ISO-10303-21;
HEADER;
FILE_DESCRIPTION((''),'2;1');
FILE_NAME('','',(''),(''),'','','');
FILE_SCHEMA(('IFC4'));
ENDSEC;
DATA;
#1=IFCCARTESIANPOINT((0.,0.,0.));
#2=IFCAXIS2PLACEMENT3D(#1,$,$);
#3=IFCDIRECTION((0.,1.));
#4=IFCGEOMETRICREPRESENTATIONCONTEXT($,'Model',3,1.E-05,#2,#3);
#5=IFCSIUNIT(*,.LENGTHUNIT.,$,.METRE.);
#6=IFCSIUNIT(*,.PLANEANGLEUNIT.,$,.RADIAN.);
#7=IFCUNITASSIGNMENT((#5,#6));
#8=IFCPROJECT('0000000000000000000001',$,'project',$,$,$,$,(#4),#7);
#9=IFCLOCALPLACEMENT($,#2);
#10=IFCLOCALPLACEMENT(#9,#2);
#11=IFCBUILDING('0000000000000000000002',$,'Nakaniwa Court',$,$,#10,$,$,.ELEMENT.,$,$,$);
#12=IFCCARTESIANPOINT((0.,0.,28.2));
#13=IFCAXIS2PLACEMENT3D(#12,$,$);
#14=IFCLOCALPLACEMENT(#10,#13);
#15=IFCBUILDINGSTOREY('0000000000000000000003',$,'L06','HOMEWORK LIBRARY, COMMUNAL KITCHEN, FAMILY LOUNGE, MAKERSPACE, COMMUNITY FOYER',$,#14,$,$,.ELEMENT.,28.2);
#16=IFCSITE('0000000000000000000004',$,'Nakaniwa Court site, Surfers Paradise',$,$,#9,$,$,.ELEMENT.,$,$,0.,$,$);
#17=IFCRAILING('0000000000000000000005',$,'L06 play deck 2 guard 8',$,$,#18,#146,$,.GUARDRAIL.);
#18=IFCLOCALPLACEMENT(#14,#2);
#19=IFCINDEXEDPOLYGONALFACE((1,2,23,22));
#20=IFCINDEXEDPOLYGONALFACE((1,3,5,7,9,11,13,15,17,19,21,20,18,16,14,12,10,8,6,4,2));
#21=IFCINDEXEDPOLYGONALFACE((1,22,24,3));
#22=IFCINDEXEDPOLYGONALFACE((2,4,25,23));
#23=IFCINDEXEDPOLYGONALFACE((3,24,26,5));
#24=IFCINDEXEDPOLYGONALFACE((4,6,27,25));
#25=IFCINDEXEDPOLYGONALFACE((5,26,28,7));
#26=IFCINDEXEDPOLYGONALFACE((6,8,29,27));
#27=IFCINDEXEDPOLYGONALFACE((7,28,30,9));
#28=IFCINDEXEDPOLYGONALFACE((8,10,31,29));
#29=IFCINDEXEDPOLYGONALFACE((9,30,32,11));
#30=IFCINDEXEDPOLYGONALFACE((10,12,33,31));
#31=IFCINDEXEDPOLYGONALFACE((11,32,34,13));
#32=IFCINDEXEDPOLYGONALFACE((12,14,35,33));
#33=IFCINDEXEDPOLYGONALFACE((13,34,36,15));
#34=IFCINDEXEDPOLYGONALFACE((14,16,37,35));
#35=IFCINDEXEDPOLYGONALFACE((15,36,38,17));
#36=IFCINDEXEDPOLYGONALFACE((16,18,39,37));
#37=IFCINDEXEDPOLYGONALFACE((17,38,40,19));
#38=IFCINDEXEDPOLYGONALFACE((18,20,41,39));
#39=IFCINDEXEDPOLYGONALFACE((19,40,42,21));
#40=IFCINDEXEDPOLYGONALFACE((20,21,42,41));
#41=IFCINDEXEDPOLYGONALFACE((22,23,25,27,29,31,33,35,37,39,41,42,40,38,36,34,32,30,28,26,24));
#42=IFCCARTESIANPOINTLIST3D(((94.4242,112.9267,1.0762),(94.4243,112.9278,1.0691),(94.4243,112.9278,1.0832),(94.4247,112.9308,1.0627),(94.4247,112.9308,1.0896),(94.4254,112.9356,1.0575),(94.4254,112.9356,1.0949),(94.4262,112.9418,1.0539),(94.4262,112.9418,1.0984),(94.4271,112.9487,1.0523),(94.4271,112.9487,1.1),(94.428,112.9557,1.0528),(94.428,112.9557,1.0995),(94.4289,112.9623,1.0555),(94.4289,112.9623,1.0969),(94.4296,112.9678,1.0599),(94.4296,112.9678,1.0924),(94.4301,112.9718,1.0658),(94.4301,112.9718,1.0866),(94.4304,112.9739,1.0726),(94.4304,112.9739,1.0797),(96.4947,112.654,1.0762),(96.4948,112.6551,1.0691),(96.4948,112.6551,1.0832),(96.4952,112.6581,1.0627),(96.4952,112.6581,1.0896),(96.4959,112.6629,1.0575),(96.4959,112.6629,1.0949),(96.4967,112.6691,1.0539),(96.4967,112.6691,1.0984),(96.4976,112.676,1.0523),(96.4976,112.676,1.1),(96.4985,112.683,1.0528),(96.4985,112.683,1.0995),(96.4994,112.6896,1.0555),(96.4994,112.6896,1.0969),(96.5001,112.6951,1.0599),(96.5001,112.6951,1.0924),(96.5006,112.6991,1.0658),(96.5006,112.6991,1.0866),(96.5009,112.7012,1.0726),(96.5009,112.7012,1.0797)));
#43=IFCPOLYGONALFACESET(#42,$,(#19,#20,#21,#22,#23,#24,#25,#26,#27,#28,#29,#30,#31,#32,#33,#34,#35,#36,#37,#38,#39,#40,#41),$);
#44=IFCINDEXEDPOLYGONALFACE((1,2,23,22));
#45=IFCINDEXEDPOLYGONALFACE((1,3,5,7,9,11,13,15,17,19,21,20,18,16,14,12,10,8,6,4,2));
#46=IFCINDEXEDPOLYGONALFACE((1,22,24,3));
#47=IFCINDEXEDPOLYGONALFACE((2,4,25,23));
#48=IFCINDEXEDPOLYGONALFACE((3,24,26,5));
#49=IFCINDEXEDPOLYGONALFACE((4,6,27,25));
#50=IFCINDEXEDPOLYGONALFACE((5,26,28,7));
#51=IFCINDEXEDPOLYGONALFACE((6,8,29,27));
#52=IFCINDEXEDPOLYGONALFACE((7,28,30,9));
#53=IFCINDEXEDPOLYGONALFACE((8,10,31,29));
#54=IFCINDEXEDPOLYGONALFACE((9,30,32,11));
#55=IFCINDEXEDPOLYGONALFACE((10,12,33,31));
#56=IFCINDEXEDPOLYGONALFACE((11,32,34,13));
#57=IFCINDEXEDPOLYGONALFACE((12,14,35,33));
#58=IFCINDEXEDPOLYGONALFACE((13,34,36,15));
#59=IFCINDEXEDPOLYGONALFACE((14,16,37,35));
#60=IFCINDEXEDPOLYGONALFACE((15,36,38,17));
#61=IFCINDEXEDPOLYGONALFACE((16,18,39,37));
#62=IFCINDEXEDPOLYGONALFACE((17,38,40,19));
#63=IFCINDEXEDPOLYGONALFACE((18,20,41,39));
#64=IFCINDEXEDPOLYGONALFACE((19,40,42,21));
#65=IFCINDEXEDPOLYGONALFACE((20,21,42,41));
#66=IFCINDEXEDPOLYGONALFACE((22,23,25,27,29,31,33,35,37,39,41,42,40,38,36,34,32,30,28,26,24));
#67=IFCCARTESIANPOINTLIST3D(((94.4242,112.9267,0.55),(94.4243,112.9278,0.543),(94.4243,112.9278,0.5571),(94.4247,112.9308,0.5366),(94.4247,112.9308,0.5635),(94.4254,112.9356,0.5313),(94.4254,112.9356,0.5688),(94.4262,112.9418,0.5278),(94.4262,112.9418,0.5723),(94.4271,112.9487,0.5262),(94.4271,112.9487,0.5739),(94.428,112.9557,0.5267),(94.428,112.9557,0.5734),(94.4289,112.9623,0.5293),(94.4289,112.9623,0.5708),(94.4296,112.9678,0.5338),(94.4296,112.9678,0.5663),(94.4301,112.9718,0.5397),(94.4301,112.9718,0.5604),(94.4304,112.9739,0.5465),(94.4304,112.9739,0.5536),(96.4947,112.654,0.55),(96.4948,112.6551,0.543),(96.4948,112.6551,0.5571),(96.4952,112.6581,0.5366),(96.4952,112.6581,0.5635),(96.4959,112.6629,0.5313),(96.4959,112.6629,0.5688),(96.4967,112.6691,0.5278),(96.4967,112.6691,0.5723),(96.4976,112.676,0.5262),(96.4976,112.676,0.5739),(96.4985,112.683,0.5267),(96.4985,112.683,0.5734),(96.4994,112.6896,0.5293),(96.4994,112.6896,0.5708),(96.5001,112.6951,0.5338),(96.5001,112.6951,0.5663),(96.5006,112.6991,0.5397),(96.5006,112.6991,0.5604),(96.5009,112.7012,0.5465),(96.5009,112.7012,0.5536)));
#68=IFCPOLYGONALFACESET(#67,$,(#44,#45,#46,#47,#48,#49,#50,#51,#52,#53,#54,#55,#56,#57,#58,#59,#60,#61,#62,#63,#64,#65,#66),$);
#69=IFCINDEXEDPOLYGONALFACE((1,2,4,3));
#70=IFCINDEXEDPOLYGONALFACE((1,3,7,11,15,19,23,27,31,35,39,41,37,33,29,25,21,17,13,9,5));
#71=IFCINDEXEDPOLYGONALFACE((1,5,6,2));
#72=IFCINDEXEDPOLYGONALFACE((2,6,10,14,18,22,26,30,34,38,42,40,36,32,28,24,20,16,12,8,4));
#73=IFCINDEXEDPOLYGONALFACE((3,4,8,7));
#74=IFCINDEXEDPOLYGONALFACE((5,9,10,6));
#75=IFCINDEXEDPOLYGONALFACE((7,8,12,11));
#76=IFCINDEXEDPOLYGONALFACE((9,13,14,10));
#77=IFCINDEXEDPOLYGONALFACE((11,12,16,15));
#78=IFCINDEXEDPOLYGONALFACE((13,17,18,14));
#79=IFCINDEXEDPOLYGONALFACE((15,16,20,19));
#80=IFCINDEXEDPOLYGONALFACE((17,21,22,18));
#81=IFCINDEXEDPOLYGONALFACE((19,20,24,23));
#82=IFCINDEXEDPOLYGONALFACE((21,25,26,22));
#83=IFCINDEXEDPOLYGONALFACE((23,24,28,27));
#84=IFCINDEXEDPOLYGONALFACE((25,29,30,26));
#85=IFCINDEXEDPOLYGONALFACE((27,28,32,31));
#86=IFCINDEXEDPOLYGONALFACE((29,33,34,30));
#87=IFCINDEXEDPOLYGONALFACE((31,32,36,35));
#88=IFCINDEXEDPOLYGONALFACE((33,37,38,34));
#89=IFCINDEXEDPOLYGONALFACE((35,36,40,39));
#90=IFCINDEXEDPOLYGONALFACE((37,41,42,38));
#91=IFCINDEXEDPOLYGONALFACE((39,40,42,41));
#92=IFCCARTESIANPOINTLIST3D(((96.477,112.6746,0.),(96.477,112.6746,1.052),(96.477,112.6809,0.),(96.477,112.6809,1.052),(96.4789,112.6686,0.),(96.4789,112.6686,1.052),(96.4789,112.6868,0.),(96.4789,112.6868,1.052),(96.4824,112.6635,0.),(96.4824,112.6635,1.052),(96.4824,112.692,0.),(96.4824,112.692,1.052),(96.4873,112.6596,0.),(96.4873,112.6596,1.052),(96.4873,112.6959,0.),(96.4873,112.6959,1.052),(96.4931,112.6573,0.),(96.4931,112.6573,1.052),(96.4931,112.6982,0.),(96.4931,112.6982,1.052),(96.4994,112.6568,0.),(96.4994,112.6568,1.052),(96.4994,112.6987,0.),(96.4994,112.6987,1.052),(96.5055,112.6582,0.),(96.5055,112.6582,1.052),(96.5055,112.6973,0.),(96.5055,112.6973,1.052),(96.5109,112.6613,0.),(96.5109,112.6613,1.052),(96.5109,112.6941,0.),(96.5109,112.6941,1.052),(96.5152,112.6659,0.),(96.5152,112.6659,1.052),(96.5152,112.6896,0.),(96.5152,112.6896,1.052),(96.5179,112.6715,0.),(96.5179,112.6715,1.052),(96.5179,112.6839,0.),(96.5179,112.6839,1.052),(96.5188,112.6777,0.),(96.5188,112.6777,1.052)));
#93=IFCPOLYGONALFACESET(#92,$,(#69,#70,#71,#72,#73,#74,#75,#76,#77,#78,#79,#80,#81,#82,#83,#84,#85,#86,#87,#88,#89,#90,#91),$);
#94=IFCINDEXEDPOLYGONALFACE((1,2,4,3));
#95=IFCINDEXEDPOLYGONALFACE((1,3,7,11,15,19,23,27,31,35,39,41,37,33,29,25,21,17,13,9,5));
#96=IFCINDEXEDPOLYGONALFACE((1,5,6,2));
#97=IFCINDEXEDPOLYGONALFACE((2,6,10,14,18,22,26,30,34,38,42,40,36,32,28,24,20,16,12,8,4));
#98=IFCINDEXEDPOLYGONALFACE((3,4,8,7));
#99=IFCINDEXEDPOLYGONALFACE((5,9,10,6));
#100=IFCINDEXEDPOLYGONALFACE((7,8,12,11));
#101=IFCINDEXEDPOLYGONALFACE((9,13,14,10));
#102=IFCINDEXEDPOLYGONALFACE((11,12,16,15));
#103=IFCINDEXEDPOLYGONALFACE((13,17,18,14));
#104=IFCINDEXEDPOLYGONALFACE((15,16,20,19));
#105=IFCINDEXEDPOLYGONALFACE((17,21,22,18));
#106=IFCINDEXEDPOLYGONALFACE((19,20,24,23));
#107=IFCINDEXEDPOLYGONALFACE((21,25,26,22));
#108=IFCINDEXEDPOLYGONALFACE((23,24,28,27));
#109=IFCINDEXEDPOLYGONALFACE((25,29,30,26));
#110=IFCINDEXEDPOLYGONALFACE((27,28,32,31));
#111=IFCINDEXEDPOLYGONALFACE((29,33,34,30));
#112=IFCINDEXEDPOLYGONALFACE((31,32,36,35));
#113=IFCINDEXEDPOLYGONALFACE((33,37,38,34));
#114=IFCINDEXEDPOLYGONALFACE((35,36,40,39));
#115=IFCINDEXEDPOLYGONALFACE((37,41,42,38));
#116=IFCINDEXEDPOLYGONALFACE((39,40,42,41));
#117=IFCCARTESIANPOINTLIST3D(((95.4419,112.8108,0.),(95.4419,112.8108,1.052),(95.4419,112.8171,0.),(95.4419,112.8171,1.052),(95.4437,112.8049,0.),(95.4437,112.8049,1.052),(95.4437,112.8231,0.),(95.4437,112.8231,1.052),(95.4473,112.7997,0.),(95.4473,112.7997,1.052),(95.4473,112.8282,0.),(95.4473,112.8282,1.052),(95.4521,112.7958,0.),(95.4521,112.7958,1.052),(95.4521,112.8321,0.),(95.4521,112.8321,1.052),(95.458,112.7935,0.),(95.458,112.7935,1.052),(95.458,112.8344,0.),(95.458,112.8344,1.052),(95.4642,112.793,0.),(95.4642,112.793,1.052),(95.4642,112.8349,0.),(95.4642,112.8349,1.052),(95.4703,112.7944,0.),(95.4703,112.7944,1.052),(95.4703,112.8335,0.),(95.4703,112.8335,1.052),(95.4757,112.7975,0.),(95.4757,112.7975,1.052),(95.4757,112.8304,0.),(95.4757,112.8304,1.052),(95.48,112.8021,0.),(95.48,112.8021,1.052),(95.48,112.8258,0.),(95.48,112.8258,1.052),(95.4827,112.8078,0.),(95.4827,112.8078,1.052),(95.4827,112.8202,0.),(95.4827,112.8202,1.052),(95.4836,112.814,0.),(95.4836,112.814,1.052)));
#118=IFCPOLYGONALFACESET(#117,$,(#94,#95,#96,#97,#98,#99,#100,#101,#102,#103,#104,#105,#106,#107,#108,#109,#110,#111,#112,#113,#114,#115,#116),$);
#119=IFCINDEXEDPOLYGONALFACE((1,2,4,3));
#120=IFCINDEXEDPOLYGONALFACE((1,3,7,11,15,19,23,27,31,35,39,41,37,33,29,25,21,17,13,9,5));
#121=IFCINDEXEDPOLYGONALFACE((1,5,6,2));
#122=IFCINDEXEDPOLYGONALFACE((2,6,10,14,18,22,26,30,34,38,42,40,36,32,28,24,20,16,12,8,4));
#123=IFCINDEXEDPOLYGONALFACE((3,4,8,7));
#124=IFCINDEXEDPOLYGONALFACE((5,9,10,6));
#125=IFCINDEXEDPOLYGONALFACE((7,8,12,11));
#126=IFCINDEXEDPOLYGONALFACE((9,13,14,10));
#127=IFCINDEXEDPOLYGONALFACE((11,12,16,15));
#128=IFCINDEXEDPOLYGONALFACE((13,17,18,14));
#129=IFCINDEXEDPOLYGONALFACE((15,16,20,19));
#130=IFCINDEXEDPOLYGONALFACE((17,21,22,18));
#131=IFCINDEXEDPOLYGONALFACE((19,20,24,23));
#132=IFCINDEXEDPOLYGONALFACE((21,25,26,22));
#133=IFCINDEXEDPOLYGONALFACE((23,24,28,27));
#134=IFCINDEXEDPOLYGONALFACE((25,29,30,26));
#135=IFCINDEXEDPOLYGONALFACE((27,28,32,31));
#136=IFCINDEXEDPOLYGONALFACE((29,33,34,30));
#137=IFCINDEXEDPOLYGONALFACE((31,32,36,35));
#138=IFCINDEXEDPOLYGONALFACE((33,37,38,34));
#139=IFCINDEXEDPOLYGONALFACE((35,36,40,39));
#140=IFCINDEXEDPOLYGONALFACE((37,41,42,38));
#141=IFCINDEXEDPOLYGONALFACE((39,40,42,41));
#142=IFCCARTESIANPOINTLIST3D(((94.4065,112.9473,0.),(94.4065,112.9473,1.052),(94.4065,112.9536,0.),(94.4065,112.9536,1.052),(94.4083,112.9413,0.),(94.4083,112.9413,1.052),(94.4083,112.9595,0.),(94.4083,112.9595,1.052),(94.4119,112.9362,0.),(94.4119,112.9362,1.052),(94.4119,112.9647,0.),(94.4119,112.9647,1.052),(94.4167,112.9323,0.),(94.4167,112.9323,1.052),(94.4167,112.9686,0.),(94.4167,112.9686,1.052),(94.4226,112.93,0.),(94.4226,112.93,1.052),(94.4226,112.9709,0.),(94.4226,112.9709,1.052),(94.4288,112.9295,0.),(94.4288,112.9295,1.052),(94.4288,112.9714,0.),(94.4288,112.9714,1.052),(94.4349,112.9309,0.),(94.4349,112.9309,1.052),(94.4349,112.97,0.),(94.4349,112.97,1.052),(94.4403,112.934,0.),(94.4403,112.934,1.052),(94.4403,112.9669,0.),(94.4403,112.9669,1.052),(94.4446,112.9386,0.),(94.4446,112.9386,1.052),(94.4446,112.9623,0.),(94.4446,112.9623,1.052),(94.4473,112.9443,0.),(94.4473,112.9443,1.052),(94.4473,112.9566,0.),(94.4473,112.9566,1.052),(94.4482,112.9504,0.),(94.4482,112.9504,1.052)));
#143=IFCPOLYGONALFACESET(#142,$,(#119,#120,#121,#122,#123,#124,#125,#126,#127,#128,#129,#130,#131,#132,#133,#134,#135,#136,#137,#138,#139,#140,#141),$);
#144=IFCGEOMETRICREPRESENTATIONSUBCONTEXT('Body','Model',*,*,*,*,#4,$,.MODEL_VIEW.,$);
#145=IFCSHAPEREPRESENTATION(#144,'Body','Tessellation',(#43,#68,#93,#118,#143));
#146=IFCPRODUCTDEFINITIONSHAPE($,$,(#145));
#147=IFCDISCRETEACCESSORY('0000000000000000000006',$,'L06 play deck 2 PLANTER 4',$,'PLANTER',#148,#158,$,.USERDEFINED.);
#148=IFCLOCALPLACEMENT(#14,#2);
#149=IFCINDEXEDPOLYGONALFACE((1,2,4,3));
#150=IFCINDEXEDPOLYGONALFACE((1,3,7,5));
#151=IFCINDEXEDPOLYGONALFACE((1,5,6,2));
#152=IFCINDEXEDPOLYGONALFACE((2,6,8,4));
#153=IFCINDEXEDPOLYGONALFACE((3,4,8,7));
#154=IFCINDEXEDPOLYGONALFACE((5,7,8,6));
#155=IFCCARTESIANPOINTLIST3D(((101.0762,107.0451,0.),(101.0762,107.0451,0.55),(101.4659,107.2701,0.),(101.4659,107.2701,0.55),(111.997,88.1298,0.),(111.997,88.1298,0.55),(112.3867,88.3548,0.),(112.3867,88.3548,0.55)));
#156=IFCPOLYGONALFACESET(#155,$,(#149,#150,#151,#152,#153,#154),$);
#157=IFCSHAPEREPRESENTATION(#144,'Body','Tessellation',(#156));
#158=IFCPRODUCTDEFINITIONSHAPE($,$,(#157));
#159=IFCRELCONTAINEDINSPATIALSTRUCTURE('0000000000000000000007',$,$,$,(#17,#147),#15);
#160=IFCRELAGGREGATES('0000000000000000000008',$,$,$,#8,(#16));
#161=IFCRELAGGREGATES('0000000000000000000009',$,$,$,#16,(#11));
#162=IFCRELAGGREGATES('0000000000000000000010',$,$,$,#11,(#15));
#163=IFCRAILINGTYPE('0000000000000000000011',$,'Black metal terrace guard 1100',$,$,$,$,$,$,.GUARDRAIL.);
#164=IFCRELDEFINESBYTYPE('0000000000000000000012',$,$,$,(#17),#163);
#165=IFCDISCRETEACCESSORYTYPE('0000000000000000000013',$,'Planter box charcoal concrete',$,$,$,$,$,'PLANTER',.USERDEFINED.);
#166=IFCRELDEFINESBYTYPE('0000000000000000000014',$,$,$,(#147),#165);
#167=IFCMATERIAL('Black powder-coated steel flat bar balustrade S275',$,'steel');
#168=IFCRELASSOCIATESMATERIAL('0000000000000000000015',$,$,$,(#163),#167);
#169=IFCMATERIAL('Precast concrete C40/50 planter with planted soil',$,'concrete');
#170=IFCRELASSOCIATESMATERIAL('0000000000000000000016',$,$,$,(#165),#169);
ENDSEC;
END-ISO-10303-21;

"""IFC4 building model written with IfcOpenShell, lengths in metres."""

from ifc_helpers import new_model, si_unit, direction, frame, origin, origin_2d, place, context, subcontext, project, spatial, rectangle, circle, extrude, material, type_object, element, save


model = new_model("IFC4")

# Units and contexts
model_context = context("Model", 3, precision=1e-05, world=origin(), true_north=direction((0.0, 1.0)))
body_context = subcontext(model_context, "Body", "Model", "MODEL_VIEW")
ifc_project = project(units=[si_unit("LENGTHUNIT", "METRE"), si_unit("PLANEANGLEUNIT", "RADIAN")], contexts=[model_context])

# Site, building, storey
site_placement = place(None, origin())
site = spatial("IfcSite", under=ifc_project, at=site_placement, Name="Nakaniwa Court site, Surfers Paradise", CompositionType="ELEMENT", RefElevation=0.0)
building_placement = place(site_placement, origin())
building = spatial("IfcBuilding", under=site, at=building_placement, Name="Nakaniwa Court", CompositionType="ELEMENT")
storey_placement = place(building_placement, frame((0.0, 0.0, 28.2)))
storey = spatial("IfcBuildingStorey", under=building, at=storey_placement, Name="L06", Description="HOMEWORK LIBRARY, COMMUNAL KITCHEN, FAMILY LOUNGE, MAKERSPACE, COMMUNITY FOYER", CompositionType="ELEMENT", Elevation=28.2)

# Railing
ifc_material_1 = material(Name="Black powder-coated steel flat bar balustrade S275", Category="steel")
railing_type = type_object("IfcRailingType", Name="Black metal terrace guard 1100", PredefinedType="GUARDRAIL", material=ifc_material_1)
railing_1_placement = place(storey_placement, frame((96.4978, 112.6777, 0.0)))
element("IfcRailing", 1, at=railing_1_placement, inside=storey, type_object=railing_type, Name="L06 play deck 2 guard 8", PredefinedType="GUARDRAIL", context=body_context, shape_type="SweptSolid", body=[
    extrude(circle(Radius=0.0239, at=origin_2d()), frame((0.0, 0.0, 1.0762), z_axis=(-0.991438, 0.130578, 0.0), x_axis=(-0.130578, -0.991438, 0.0)), (0.0, 0.0, 1.0), 2.0884),
    extrude(circle(Radius=0.0239, at=origin_2d()), frame((0.0, 0.0, 0.55), z_axis=(-0.991438, 0.130578, 0.0), x_axis=(-0.130578, -0.991438, 0.0)), (0.0, 0.0, 1.0), 2.0884),
    extrude(circle(Radius=0.021, at=origin_2d()), origin(), (0.0, 0.0, 1.0), 1.052),
    extrude(circle(Radius=0.021, at=origin_2d()), frame((-1.0352, 0.1362, 0.0)), (0.0, 0.0, 1.0), 1.052),
    extrude(circle(Radius=0.021, at=origin_2d()), frame((-2.0706, 0.2727, 0.0)), (0.0, 0.0, 1.0), 1.052),
])

# Discrete accessory
ifc_material_2 = material(Name="Precast concrete C40/50 planter with planted soil", Category="concrete")
discrete_accessory_type = type_object("IfcDiscreteAccessoryType", Name="Planter box charcoal concrete", ElementType="PLANTER", PredefinedType="USERDEFINED", material=ifc_material_2)
discrete_accessory_placement = place(storey_placement, frame((106.7314, 97.7, 0.0), z_axis=(0.0, 0.0, 1.0), x_axis=(-0.499998, 0.866026, 0.0)))
element("IfcDiscreteAccessory", 2, at=discrete_accessory_placement, inside=storey, type_object=discrete_accessory_type, Name="L06 play deck 2 PLANTER 4", ObjectType="PLANTER", PredefinedType="USERDEFINED", context=body_context, shape_type="SweptSolid", body=[
    extrude(rectangle(XDim=21.8416, YDim=0.45, at=origin_2d()), origin(), (0.0, 0.0, 1.0), 0.55),
])

save(model, "model.ifc")
